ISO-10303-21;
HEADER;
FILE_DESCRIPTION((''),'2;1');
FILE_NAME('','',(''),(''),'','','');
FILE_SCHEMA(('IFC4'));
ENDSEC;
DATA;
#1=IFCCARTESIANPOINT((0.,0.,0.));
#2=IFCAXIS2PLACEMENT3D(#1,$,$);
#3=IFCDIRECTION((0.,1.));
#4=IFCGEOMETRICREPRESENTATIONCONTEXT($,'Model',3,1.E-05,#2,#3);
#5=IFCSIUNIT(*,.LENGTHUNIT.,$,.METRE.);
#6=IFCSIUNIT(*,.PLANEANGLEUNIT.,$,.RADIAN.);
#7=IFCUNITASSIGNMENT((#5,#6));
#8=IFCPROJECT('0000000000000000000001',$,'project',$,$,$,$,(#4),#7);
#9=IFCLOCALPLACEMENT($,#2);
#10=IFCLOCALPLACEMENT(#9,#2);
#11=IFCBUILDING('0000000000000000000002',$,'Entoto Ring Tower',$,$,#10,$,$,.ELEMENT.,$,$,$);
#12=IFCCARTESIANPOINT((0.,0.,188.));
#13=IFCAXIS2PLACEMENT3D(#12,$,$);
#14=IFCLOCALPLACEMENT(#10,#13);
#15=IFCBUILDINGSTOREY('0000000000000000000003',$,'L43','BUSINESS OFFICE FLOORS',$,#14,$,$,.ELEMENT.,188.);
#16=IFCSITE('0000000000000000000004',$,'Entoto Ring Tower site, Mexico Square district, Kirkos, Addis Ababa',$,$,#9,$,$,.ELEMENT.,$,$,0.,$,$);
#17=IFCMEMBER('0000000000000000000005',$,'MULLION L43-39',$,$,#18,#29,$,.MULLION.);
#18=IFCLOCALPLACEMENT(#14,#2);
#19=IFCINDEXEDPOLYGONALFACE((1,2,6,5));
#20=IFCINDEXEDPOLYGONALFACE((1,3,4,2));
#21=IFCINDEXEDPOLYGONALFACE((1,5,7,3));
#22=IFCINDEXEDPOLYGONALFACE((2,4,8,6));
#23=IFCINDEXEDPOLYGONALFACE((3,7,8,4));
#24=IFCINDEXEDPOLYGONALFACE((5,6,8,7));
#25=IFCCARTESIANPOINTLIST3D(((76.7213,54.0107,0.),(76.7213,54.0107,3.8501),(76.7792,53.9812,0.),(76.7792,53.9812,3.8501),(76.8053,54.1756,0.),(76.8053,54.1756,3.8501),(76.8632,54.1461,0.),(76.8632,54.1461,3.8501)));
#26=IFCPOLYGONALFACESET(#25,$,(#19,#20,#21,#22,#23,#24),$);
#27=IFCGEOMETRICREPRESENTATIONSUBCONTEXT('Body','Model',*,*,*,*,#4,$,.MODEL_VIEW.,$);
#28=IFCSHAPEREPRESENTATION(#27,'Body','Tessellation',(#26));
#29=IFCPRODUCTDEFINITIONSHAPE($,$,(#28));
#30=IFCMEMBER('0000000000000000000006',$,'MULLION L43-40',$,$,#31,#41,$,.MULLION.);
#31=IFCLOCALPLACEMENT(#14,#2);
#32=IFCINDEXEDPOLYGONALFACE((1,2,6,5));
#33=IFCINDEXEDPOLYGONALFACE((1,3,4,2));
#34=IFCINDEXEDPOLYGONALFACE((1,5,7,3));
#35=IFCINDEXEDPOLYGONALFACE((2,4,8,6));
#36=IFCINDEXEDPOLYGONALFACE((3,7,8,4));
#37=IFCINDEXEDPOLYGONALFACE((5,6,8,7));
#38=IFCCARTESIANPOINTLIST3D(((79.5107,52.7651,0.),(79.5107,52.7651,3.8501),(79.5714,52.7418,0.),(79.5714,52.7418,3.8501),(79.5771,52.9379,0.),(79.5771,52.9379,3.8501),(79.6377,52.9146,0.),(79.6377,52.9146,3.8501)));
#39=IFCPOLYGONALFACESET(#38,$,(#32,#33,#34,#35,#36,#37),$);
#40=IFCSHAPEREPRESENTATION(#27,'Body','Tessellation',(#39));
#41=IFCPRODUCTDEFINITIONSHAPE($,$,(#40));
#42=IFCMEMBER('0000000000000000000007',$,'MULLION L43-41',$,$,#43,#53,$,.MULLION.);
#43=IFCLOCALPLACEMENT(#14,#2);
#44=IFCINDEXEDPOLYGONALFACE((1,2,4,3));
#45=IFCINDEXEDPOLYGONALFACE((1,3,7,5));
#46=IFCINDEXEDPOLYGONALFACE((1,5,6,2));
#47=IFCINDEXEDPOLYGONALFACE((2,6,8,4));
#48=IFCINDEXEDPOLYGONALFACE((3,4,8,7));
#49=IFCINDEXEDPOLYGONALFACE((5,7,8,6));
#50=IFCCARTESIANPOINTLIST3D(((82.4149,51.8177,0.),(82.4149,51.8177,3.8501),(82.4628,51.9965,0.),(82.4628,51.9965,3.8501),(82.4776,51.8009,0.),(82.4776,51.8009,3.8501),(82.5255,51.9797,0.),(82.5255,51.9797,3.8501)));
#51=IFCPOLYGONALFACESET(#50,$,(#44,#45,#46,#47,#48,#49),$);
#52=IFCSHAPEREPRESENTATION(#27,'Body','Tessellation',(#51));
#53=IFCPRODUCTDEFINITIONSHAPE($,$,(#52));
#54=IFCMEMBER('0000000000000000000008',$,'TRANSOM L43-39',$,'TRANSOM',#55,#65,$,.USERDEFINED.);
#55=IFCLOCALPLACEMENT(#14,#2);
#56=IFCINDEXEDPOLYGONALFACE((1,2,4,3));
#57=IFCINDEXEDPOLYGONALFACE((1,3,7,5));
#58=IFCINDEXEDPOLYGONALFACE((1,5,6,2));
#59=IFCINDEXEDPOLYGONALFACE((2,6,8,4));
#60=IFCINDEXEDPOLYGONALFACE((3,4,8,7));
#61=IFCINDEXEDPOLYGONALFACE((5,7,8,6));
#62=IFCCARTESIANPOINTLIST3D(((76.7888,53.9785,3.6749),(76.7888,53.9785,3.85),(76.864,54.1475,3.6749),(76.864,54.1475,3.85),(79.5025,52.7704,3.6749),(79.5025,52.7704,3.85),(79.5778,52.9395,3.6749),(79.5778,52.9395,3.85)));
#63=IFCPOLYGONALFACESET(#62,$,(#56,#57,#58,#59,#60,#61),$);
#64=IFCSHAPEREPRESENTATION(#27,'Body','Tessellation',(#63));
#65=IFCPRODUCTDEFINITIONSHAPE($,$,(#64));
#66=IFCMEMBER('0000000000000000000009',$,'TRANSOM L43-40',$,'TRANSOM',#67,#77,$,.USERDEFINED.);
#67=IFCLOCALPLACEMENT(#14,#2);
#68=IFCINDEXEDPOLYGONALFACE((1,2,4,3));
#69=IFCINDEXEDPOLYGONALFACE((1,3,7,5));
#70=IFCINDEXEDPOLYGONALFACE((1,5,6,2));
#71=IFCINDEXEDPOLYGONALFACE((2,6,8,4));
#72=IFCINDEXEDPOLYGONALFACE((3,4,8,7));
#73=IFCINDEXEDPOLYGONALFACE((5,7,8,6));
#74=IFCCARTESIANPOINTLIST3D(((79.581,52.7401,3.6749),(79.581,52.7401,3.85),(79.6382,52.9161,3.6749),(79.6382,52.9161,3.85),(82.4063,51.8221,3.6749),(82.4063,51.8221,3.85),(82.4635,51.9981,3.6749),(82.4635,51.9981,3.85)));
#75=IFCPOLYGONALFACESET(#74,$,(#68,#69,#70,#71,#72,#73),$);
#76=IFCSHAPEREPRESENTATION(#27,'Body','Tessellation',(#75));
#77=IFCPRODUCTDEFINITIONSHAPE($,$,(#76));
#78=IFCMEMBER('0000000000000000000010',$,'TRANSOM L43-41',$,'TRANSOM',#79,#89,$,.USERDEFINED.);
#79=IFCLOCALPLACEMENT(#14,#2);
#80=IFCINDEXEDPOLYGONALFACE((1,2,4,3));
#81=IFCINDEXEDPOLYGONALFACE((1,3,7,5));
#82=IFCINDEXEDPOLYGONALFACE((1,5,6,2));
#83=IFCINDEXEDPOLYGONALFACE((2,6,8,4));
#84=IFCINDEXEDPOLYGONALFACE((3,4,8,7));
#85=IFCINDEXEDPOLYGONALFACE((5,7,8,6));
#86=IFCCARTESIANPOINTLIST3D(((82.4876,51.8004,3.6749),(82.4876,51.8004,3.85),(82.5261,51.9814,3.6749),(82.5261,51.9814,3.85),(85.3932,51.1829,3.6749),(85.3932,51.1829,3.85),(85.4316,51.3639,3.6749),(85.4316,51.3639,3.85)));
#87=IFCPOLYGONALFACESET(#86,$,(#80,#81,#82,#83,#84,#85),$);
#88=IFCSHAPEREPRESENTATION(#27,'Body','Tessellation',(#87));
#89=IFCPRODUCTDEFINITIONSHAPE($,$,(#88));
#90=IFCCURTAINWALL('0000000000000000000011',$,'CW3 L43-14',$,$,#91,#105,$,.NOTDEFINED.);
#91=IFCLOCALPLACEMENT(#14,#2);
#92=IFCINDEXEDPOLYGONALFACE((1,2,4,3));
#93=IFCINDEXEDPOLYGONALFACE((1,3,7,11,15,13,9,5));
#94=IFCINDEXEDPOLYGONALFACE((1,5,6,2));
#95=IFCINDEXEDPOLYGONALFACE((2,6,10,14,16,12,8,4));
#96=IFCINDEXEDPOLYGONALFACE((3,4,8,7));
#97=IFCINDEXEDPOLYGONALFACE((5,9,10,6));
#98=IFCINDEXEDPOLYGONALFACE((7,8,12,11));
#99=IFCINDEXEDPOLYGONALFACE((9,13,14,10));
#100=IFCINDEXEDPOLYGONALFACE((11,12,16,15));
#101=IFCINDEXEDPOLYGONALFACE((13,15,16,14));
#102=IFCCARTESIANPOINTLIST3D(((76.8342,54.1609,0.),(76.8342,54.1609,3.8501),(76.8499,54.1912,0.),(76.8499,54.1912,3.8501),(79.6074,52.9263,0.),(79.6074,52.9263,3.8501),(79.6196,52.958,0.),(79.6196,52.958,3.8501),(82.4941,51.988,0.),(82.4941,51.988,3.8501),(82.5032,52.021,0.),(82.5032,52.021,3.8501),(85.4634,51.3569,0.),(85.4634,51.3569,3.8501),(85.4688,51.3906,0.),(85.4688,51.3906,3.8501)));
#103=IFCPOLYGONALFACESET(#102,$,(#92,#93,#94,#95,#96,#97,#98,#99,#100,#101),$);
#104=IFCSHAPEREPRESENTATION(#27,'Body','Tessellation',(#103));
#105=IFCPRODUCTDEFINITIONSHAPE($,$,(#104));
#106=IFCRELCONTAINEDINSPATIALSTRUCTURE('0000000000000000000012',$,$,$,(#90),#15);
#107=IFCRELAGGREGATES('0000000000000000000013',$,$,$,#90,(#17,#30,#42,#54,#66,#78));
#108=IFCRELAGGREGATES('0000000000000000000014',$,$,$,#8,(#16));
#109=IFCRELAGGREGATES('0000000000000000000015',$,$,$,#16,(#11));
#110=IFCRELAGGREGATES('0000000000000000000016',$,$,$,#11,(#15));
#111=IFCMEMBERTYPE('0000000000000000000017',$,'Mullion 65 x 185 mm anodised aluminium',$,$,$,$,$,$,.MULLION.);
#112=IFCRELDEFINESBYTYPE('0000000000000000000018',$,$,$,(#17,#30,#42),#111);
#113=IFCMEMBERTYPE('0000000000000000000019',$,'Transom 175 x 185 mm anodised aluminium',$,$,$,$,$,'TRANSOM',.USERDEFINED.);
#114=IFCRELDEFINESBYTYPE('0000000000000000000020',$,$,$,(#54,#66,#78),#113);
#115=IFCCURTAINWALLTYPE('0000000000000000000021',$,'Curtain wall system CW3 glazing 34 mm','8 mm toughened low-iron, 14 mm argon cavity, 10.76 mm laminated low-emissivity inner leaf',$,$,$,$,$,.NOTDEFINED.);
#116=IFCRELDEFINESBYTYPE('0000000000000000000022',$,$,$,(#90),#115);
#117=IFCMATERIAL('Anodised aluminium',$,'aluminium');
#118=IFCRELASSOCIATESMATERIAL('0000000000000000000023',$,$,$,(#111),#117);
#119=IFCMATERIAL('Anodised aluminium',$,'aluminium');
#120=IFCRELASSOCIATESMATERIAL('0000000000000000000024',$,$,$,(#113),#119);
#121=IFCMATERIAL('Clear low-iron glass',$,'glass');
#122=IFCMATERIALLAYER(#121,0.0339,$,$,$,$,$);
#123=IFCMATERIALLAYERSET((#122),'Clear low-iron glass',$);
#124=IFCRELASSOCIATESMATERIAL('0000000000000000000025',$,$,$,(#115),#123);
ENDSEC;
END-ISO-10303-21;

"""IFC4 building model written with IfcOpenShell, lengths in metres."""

from ifc_helpers import new_model, si_unit, direction, frame, origin, origin_2d, place, context, subcontext, project, spatial, polyline, rectangle, outline, extrude, material, layer, layer_set, material_profile, profile_set, type_object, element, aggregate, save


model = new_model("IFC4")

# Units and contexts
model_context = context("Model", 3, precision=1e-05, world=origin(), true_north=direction((0.0, 1.0)))
body_context = subcontext(model_context, "Body", "Model", "MODEL_VIEW")
ifc_project = project(units=[si_unit("LENGTHUNIT", "METRE"), si_unit("PLANEANGLEUNIT", "RADIAN")], contexts=[model_context])

# Members
ifc_material_1 = material(Name="Anodised aluminium", Category="aluminium")
ifc_material_profile_1 = material_profile(ifc_material_1, rectangle(XDim=0.0649, YDim=0.1851, at=origin_2d()), Name="Mullion 65 x 185 mm anodised aluminium")
ifc_profile_set_1 = profile_set([ifc_material_profile_1], Name="Anodised aluminium")
member_type_1 = type_object("IfcMemberType", Name="Mullion 65 x 185 mm anodised aluminium", PredefinedType="MULLION", material=ifc_profile_set_1)
site_placement = place(None, origin())
building_placement = place(site_placement, origin())
storey_placement = place(building_placement, frame((0.0, 0.0, 188.0)))
member_1_placement = place(storey_placement, frame((76.7922, 54.0784, 0.0), z_axis=(0.0, 0.0, 1.0), x_axis=(0.891007, -0.45399, 0.0)))
member_1 = element("IfcMember", 1, at=member_1_placement, type_object=member_type_1, Name="MULLION L43-39", PredefinedType="MULLION", context=body_context, shape_type="SweptSolid", body=[
    extrude(rectangle(XDim=0.0649, YDim=0.1851, at=origin_2d()), origin(), (0.0, 0.0, 1.0), 3.8501),
])
member_2_placement = place(storey_placement, frame((79.5742, 52.8398, 0.0), z_axis=(0.0, 0.0, 1.0), x_axis=(0.93358, -0.358368, 0.0)))
member_2 = element("IfcMember", 2, at=member_2_placement, type_object=member_type_1, Name="MULLION L43-40", PredefinedType="MULLION", context=body_context, shape_type="SweptSolid", body=[
    extrude(rectangle(XDim=0.0649, YDim=0.1851, at=origin_2d()), origin(), (0.0, 0.0, 1.0), 3.8501),
])
member_3_placement = place(storey_placement, frame((82.4702, 51.8987, 0.0), z_axis=(0.0, 0.0, 1.0), x_axis=(0.965926, -0.258819, 0.0)))
member_3 = element("IfcMember", 3, at=member_3_placement, type_object=member_type_1, Name="MULLION L43-41", PredefinedType="MULLION", context=body_context, shape_type="SweptSolid", body=[
    extrude(rectangle(XDim=0.0649, YDim=0.1851, at=origin_2d()), origin(), (0.0, 0.0, 1.0), 3.8501),
])
ifc_material_2 = material(Name="Anodised aluminium", Category="aluminium")
ifc_material_profile_2 = material_profile(ifc_material_2, rectangle(XDim=0.1851, YDim=0.175, at=origin_2d()), Name="Transom 175 x 185 mm anodised aluminium")
ifc_profile_set_2 = profile_set([ifc_material_profile_2], Name="Anodised aluminium")
member_type_2 = type_object("IfcMemberType", Name="Transom 175 x 185 mm anodised aluminium", ElementType="TRANSOM", PredefinedType="USERDEFINED", material=ifc_profile_set_2)
member_4_placement = place(storey_placement, frame((76.8264, 54.063, 3.7625), z_axis=(0.913567, -0.406687, 0.0), x_axis=(0.406687, 0.913567, 0.0)))
member_4 = element("IfcMember", 4, at=member_4_placement, type_object=member_type_2, Name="TRANSOM L43-39", ObjectType="TRANSOM", PredefinedType="USERDEFINED", context=body_context, shape_type="SweptSolid", body=[
    extrude(rectangle(XDim=0.1851, YDim=0.175, at=origin_2d()), origin(), (0.0, 0.0, 1.0), 2.9705),
])
member_5_placement = place(storey_placement, frame((79.6096, 52.8281, 3.7625), z_axis=(0.951056, -0.309019, 0.0), x_axis=(0.309019, 0.951056, 0.0)))
member_5 = element("IfcMember", 5, at=member_5_placement, type_object=member_type_2, Name="TRANSOM L43-40", ObjectType="TRANSOM", PredefinedType="USERDEFINED", context=body_context, shape_type="SweptSolid", body=[
    extrude(rectangle(XDim=0.1851, YDim=0.175, at=origin_2d()), origin(), (0.0, 0.0, 1.0), 2.9707),
])
member_6_placement = place(storey_placement, frame((82.5068, 51.8909, 3.7625), z_axis=(0.978158, -0.207862, 0.0), x_axis=(0.207862, 0.978158, 0.0)))
member_6 = element("IfcMember", 6, at=member_6_placement, type_object=member_type_2, Name="TRANSOM L43-41", ObjectType="TRANSOM", PredefinedType="USERDEFINED", context=body_context, shape_type="SweptSolid", body=[
    extrude(rectangle(XDim=0.1851, YDim=0.175, at=origin_2d()), origin(), (0.0, 0.0, 1.0), 2.9705),
])

# Site, building, storey
site = spatial("IfcSite", under=ifc_project, at=site_placement, Name="Entoto Ring Tower site, Mexico Square district, Kirkos, Addis Ababa", CompositionType="ELEMENT", RefElevation=0.0)
building = spatial("IfcBuilding", under=site, at=building_placement, Name="Entoto Ring Tower", CompositionType="ELEMENT")
storey = spatial("IfcBuildingStorey", under=building, at=storey_placement, Name="L43", Description="BUSINESS OFFICE FLOORS", CompositionType="ELEMENT", Elevation=188.0)

# Curtain wall
ifc_material_3 = material(Name="Clear low-iron glass", Category="glass")
ifc_layer = layer(ifc_material_3, 0.0339)
ifc_layer_set = layer_set([ifc_layer], Name="Clear low-iron glass")
curtain_wall_type = type_object("IfcCurtainWallType", Name="Curtain wall system CW3 glazing 34 mm", Description="8 mm toughened low-iron, 14 mm argon cavity, 10.76 mm laminated low-emissivity inner leaf", PredefinedType="NOTDEFINED", material=ifc_layer_set)
curtain_wall_1_placement = place(storey_placement, origin())
curtain_wall_1 = element("IfcCurtainWall", 7, at=curtain_wall_1_placement, inside=storey, type_object=curtain_wall_type, Name="CW3 L43-14", PredefinedType="NOTDEFINED", context=body_context, shape_type="SweptSolid", body=[
    extrude(outline(polyline([(76.8342, 54.1609), (79.6074, 52.9263), (82.4941, 51.988), (85.4634, 51.3569), (85.4688, 51.3906), (82.5032, 52.021), (79.6196, 52.958), (76.8499, 54.1912), (76.8342, 54.1609)])), origin(), (0.0, 0.0, 1.0), 3.8501),
])
aggregate(curtain_wall_1, [member_1, member_2, member_3, member_4, member_5, member_6])

save(model, "model.ifc")
